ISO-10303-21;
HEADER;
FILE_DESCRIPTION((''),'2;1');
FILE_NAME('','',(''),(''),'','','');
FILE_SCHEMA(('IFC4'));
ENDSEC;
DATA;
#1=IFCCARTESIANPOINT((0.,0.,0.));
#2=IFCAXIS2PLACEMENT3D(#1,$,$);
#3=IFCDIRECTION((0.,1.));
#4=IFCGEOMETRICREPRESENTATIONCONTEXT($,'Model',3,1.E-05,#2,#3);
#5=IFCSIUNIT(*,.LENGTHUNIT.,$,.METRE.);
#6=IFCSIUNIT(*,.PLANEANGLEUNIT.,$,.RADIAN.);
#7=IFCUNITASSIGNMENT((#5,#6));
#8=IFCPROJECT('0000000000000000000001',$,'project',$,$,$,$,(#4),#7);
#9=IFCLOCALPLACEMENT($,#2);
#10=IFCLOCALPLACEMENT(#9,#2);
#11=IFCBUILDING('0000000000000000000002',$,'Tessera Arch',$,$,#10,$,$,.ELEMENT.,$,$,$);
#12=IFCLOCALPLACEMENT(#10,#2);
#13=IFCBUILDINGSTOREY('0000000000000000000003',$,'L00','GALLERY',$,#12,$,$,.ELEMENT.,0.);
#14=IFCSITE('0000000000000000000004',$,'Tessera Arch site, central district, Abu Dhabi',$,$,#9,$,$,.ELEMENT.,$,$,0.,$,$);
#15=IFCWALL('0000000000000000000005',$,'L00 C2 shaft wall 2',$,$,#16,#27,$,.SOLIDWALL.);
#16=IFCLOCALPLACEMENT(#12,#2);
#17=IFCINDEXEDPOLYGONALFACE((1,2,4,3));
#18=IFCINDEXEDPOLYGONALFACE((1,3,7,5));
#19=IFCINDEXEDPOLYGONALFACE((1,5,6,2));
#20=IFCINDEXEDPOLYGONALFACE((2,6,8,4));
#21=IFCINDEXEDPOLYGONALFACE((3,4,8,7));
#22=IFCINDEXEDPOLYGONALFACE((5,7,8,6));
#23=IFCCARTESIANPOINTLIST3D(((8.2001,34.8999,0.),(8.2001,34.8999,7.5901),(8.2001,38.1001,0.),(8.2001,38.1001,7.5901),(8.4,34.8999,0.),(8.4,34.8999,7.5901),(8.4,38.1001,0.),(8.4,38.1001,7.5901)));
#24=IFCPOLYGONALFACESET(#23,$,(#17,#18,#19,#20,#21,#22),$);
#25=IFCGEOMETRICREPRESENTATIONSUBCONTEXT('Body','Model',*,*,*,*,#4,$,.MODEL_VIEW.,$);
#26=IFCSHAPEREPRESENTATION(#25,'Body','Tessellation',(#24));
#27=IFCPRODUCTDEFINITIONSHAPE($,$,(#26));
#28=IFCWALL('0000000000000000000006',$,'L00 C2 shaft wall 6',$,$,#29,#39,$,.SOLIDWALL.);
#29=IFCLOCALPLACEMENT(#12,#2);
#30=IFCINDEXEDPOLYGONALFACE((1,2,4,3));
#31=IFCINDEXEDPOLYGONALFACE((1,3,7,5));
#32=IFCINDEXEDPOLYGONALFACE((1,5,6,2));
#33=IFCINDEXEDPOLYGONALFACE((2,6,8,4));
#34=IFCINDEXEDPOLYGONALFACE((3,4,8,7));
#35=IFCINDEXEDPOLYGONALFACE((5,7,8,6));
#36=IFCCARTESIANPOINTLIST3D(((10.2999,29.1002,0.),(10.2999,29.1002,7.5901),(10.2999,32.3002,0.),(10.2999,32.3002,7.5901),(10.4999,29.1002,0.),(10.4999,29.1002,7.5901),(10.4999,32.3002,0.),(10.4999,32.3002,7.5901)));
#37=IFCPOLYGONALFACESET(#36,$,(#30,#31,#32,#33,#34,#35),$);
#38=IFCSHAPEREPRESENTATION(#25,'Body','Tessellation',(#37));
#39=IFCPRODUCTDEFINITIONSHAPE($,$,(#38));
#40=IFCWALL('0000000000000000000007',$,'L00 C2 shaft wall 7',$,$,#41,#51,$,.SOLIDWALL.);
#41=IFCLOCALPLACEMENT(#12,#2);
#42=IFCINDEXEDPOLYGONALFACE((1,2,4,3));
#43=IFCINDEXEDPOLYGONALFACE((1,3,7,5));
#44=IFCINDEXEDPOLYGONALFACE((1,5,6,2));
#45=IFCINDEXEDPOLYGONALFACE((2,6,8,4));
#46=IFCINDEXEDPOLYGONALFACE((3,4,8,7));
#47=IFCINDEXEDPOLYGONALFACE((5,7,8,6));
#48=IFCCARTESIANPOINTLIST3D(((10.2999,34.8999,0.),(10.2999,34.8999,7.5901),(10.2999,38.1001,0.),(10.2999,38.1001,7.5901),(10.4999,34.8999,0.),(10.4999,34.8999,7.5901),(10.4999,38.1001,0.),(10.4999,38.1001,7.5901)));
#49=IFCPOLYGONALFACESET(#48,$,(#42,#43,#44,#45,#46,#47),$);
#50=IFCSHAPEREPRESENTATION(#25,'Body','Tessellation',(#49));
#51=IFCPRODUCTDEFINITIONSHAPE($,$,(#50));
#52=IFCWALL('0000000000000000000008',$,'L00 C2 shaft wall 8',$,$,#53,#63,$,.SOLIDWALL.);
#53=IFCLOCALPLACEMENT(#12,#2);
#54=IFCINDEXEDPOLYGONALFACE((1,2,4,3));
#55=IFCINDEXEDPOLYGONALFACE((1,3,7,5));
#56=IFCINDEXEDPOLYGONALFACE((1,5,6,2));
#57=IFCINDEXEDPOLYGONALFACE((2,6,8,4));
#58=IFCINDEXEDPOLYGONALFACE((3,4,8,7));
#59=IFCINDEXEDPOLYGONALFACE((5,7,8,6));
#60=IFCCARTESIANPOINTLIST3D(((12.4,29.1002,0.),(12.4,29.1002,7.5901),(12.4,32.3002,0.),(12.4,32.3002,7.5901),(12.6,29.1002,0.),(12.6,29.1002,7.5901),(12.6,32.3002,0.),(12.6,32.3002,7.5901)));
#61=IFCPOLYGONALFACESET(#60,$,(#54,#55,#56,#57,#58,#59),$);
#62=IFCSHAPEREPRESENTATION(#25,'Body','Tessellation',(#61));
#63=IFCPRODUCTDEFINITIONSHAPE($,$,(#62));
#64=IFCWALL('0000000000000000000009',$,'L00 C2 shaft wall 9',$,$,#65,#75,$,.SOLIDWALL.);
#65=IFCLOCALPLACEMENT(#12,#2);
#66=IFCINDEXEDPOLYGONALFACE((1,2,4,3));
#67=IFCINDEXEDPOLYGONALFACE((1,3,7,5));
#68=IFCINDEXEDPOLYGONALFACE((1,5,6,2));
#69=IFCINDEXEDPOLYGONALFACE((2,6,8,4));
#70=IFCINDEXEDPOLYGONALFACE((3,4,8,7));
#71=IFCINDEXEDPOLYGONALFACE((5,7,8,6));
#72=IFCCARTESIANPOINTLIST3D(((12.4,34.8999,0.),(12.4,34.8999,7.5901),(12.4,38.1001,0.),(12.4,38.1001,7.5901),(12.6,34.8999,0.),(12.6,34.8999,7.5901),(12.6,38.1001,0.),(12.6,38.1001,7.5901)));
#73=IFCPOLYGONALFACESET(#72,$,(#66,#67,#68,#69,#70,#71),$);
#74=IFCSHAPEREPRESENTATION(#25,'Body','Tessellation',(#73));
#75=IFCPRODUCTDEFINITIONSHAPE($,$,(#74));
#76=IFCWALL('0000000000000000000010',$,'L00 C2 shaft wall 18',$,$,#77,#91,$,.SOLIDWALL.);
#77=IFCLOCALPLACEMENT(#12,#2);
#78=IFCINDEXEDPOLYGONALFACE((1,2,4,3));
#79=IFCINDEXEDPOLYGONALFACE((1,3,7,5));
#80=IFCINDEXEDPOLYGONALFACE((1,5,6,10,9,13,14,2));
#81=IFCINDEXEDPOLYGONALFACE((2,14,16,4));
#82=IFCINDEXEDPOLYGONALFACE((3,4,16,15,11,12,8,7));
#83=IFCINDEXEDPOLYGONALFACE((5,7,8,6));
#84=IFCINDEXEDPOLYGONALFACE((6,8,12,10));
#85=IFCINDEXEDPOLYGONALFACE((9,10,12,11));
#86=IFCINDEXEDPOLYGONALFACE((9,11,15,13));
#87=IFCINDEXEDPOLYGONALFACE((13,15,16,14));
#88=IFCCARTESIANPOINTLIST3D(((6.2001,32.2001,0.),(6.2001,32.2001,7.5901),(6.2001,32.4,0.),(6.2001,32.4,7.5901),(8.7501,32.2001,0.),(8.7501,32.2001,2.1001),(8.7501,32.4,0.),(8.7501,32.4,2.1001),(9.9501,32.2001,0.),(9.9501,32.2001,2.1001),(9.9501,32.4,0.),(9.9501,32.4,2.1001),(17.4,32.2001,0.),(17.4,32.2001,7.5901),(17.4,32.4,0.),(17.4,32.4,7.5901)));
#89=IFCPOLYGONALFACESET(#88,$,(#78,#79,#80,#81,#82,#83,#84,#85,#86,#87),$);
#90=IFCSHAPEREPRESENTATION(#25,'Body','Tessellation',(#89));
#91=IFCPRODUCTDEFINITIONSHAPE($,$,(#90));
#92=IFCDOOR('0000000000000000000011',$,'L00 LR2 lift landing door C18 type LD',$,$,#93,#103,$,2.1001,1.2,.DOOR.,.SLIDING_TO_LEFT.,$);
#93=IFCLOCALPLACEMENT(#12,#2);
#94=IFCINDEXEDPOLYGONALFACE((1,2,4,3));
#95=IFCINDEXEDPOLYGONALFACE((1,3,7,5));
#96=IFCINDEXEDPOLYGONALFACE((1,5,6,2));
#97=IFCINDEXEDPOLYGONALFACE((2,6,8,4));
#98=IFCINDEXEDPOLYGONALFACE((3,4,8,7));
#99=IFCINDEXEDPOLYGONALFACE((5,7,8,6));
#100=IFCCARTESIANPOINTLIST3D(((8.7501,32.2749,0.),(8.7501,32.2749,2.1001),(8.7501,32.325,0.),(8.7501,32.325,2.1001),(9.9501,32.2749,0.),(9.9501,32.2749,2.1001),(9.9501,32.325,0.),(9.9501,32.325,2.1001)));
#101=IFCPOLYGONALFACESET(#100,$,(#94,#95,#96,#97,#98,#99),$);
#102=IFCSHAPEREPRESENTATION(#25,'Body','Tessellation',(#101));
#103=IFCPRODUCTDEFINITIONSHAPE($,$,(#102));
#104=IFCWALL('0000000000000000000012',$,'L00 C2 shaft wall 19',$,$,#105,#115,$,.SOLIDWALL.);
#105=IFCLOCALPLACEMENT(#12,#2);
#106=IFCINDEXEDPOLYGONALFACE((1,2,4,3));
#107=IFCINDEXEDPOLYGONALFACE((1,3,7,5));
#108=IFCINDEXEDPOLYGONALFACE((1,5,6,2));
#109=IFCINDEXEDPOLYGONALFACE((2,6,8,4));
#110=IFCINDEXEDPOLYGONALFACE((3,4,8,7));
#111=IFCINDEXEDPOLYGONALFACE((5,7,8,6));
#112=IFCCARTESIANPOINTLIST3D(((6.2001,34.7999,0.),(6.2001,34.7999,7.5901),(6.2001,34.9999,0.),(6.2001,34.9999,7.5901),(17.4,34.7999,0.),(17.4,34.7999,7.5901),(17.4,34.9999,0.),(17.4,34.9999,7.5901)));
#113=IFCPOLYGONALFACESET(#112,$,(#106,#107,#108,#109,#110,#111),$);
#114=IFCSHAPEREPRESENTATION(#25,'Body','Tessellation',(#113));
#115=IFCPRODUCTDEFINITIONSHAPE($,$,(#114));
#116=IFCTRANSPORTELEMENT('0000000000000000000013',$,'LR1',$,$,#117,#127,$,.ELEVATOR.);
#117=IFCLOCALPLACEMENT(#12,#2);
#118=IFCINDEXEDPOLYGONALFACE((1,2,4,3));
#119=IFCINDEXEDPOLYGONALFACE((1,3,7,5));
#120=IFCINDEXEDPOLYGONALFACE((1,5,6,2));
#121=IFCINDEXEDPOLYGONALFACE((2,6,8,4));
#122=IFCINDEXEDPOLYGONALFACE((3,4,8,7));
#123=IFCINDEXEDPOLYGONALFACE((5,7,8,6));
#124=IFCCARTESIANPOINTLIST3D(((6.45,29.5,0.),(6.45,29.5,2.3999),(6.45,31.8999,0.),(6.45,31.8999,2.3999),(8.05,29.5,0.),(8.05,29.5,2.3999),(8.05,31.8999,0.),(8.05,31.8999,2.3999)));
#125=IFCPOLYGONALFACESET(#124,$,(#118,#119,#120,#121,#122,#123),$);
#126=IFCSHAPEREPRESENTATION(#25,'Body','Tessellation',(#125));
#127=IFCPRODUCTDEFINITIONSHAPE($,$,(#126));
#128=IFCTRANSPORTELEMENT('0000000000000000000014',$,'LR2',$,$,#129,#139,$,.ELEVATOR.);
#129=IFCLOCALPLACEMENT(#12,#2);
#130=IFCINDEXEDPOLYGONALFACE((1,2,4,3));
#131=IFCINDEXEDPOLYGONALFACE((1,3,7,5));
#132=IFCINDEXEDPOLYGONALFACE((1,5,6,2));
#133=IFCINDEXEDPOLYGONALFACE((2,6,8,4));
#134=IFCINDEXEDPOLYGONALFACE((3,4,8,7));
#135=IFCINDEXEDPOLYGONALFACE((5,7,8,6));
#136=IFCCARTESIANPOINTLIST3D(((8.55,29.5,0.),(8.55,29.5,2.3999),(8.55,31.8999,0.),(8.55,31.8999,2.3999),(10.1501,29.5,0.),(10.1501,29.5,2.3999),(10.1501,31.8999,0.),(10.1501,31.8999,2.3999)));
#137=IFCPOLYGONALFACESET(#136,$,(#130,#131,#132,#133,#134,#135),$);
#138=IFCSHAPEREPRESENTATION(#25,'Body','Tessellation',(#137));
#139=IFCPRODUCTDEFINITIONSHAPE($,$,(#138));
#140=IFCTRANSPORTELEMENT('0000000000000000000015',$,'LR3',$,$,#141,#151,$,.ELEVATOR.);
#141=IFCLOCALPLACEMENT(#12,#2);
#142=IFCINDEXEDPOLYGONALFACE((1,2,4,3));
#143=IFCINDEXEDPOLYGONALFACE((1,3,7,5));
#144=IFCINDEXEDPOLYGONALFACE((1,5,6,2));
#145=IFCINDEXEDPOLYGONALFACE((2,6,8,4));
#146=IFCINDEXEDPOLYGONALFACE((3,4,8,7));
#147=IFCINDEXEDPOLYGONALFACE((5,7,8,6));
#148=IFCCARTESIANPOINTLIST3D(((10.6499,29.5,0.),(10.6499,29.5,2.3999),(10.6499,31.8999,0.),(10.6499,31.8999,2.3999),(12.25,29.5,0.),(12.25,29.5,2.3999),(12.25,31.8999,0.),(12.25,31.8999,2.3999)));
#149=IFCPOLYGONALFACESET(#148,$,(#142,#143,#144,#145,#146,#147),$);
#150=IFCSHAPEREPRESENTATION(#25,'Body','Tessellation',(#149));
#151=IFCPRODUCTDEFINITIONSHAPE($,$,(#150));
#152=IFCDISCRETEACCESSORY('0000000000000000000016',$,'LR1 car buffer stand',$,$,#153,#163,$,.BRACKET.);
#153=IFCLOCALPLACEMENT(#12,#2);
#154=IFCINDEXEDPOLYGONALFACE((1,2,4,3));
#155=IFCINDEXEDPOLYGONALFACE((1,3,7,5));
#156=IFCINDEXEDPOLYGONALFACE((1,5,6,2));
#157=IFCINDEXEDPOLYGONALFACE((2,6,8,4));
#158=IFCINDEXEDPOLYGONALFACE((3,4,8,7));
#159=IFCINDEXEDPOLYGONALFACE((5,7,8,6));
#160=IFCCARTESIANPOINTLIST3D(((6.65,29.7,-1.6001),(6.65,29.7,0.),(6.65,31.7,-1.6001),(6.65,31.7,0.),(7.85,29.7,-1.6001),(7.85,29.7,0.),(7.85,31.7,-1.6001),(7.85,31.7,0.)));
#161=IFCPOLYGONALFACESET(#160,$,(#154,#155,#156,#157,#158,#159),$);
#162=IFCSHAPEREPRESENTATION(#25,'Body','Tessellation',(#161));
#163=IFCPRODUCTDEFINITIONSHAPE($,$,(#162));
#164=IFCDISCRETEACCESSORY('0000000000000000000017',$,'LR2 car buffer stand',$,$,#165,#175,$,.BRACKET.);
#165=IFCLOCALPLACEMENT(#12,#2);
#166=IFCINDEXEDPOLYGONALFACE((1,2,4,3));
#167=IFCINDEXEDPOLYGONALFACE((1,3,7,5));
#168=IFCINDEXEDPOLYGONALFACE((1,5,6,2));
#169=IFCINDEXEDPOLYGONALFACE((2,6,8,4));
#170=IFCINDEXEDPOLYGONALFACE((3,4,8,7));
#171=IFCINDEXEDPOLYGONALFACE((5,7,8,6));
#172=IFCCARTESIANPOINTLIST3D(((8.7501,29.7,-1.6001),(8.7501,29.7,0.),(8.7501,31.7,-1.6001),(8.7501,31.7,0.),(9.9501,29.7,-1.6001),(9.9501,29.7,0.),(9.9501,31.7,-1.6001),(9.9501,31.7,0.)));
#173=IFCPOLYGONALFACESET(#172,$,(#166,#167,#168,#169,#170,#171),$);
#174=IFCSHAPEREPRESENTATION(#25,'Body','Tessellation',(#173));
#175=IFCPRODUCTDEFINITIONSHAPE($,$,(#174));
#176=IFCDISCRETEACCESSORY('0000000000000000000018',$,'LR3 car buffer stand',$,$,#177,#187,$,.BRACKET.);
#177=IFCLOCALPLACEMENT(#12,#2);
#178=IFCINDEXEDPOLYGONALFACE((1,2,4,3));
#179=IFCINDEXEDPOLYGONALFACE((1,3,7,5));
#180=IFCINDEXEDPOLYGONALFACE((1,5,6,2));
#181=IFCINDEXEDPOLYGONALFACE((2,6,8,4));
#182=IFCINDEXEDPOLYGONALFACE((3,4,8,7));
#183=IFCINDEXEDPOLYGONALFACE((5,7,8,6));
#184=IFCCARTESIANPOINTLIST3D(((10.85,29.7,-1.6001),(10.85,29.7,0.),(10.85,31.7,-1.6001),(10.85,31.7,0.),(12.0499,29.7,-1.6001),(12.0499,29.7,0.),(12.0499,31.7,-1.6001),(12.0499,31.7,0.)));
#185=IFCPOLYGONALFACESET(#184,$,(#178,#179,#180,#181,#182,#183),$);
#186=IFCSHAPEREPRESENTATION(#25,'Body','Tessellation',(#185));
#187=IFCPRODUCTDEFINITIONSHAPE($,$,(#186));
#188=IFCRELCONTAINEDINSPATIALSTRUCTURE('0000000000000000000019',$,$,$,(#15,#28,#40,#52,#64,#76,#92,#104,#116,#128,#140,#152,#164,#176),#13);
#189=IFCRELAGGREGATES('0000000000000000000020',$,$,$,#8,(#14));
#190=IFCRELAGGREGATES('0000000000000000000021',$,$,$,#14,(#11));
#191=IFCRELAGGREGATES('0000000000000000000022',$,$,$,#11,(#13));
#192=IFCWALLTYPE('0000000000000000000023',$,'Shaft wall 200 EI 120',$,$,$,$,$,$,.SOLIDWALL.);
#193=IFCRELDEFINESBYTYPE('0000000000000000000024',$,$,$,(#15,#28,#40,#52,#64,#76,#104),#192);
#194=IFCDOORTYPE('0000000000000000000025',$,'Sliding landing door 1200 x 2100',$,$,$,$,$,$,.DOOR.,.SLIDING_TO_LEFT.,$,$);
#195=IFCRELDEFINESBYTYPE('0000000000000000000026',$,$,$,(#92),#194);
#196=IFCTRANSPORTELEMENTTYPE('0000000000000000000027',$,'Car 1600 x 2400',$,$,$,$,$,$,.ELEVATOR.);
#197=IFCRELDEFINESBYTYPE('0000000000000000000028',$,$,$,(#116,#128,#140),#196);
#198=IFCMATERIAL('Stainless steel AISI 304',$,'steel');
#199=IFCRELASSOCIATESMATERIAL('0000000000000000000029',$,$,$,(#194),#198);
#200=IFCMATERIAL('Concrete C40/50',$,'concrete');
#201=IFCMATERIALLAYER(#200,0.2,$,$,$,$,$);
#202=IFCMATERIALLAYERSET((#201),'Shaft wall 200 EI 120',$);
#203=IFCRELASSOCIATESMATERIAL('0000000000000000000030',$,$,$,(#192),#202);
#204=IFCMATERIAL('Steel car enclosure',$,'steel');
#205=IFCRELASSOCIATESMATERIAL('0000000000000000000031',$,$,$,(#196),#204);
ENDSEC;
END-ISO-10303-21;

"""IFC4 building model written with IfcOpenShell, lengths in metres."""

from ifc_helpers import new_model, si_unit, direction, frame, frame_2d, origin, origin_2d, place, context, subcontext, project, spatial, rectangle, extrude, material, layer, layer_set, type_object, element, fill, save


model = new_model("IFC4")

# Units and contexts
model_context = context("Model", 3, precision=1e-05, world=origin(), true_north=direction((0.0, 1.0)))
body_context = subcontext(model_context, "Body", "Model", "MODEL_VIEW")
ifc_project = project(units=[si_unit("LENGTHUNIT", "METRE"), si_unit("PLANEANGLEUNIT", "RADIAN")], contexts=[model_context])

# Site, building, storey
site_placement = place(None, origin())
site = spatial("IfcSite", under=ifc_project, at=site_placement, Name="Tessera Arch site, central district, Abu Dhabi", CompositionType="ELEMENT", RefElevation=0.0)
building_placement = place(site_placement, origin())
building = spatial("IfcBuilding", under=site, at=building_placement, Name="Tessera Arch", CompositionType="ELEMENT")
storey_placement = place(building_placement, origin())
storey = spatial("IfcBuildingStorey", under=building, at=storey_placement, Name="L00", Description="GALLERY", CompositionType="ELEMENT", Elevation=0.0)

# Shared definitions
ifc_material_1 = material(Name="Stainless steel AISI 304", Category="steel")
door_type_1 = type_object("IfcDoorType", Name="Sliding landing door 1200 x 2100", OperationType="SLIDING_TO_LEFT", PredefinedType="DOOR", material=ifc_material_1)

# Walls
ifc_material_2 = material(Name="Concrete C40/50", Category="concrete")
ifc_layer_1 = layer(ifc_material_2, 0.2)
ifc_layer_set_1 = layer_set([ifc_layer_1], Name="Shaft wall 200 EI 120")
wall_type_1 = type_object("IfcWallType", Name="Shaft wall 200 EI 120", PredefinedType="SOLIDWALL", material=ifc_layer_set_1)
wall_1_placement = place(storey_placement, frame((8.3, 34.8999, 0.0), z_axis=(0.0, 0.0, 1.0), x_axis=(0.0, 1.0, 0.0)))
element("IfcWall", 1, at=wall_1_placement, inside=storey, type_object=wall_type_1, Name="L00 C2 shaft wall 2", PredefinedType="SOLIDWALL", context=body_context, shape_type="SweptSolid", body=[
    extrude(rectangle(XDim=3.2002, YDim=0.2, at=frame_2d((1.6001, 0.0))), origin(), (0.0, 0.0, 1.0), 7.5901),
])
wall_2_placement = place(storey_placement, frame((10.3999, 29.1001, 0.0), z_axis=(0.0, 0.0, 1.0), x_axis=(0.0, 1.0, 0.0)))
element("IfcWall", 2, at=wall_2_placement, inside=storey, type_object=wall_type_1, Name="L00 C2 shaft wall 6", PredefinedType="SOLIDWALL", context=body_context, shape_type="SweptSolid", body=[
    extrude(rectangle(XDim=3.2, YDim=0.2, at=frame_2d((1.6001, 0.0))), origin(), (0.0, 0.0, 1.0), 7.5901),
])
wall_3_placement = place(storey_placement, frame((10.3999, 34.8999, 0.0), z_axis=(0.0, 0.0, 1.0), x_axis=(0.0, 1.0, 0.0)))
element("IfcWall", 3, at=wall_3_placement, inside=storey, type_object=wall_type_1, Name="L00 C2 shaft wall 7", PredefinedType="SOLIDWALL", context=body_context, shape_type="SweptSolid", body=[
    extrude(rectangle(XDim=3.2002, YDim=0.2, at=frame_2d((1.6001, 0.0))), origin(), (0.0, 0.0, 1.0), 7.5901),
])
wall_4_placement = place(storey_placement, frame((12.5, 29.1001, 0.0), z_axis=(0.0, 0.0, 1.0), x_axis=(0.0, 1.0, 0.0)))
element("IfcWall", 4, at=wall_4_placement, inside=storey, type_object=wall_type_1, Name="L00 C2 shaft wall 8", PredefinedType="SOLIDWALL", context=body_context, shape_type="SweptSolid", body=[
    extrude(rectangle(XDim=3.2, YDim=0.2, at=frame_2d((1.6001, 0.0))), origin(), (0.0, 0.0, 1.0), 7.5901),
])
wall_5_placement = place(storey_placement, frame((12.5, 34.8999, 0.0), z_axis=(0.0, 0.0, 1.0), x_axis=(0.0, 1.0, 0.0)))
element("IfcWall", 5, at=wall_5_placement, inside=storey, type_object=wall_type_1, Name="L00 C2 shaft wall 9", PredefinedType="SOLIDWALL", context=body_context, shape_type="SweptSolid", body=[
    extrude(rectangle(XDim=3.2002, YDim=0.2, at=frame_2d((1.6001, 0.0))), origin(), (0.0, 0.0, 1.0), 7.5901),
])

# Wall, opening, door
wall_6_placement = place(storey_placement, frame((6.2, 32.3, 0.0), z_axis=(0.0, 0.0, 1.0), x_axis=(1.0, 0.0, 0.0)))
wall_6 = element("IfcWall", 6, at=wall_6_placement, inside=storey, type_object=wall_type_1, Name="L00 C2 shaft wall 18", PredefinedType="SOLIDWALL", context=body_context, shape_type="SweptSolid", body=[
    extrude(rectangle(XDim=11.2, YDim=0.2, at=frame_2d((5.6001, 0.0))), origin(), (0.0, 0.0, 1.0), 7.5901),
])
opening_1_placement = place(wall_6_placement, frame((2.55, 0.0, 0.0)))
opening_1 = element("IfcOpeningElement", 7, at=opening_1_placement, cuts=wall_6, PredefinedType="OPENING", context=body_context, shape_type="SweptSolid", body=[
    extrude(rectangle(XDim=1.2, YDim=2.1001, at=frame_2d((0.6001, 1.05))), frame((0.0, 0.1099, 0.0), z_axis=(0.0, -1.0, 0.0), x_axis=(1.0, 0.0, 0.0)), (0.0, 0.0, 1.0), 0.22),
])
door_1_placement = place(opening_1_placement, origin())
door_1 = element("IfcDoor", 8, at=door_1_placement, inside=storey, type_object=door_type_1, Name="L00 LR2 lift landing door C18 type LD", OperationType="SLIDING_TO_LEFT", OverallHeight=2.1001, OverallWidth=1.2, PredefinedType="DOOR", context=body_context, shape_type="SweptSolid", body=[
    extrude(rectangle(XDim=1.2, YDim=2.1001, at=frame_2d((0.6001, 1.05))), frame((0.0, 0.0249, 0.0), z_axis=(0.0, -1.0, 0.0), x_axis=(1.0, 0.0, 0.0)), (0.0, 0.0, 1.0), 0.05),
])
fill(opening_1, door_1)

# Wall
wall_7_placement = place(storey_placement, frame((6.2, 34.8999, 0.0), z_axis=(0.0, 0.0, 1.0), x_axis=(1.0, 0.0, 0.0)))
element("IfcWall", 9, at=wall_7_placement, inside=storey, type_object=wall_type_1, Name="L00 C2 shaft wall 19", PredefinedType="SOLIDWALL", context=body_context, shape_type="SweptSolid", body=[
    extrude(rectangle(XDim=11.2, YDim=0.2, at=frame_2d((5.6001, 0.0))), origin(), (0.0, 0.0, 1.0), 7.5901),
])

# Transport elements
ifc_material_3 = material(Name="Steel car enclosure", Category="steel")
transport_element_type = type_object("IfcTransportElementType", Name="Car 1600 x 2400", PredefinedType="ELEVATOR", material=ifc_material_3)
for number, where, z_axis, x_axis, name in (
    (10, (7.25, 30.7, 0.0), (0.0, 0.0, 1.0), (1.0, 0.0, 0.0), "LR1"),
    (11, (9.3501, 30.7, 0.0), (0.0, 0.0, 1.0), (1.0, 0.0, 0.0), "LR2"),
    (12, (11.45, 30.7, 0.0), (0.0, 0.0, 1.0), (1.0, 0.0, 0.0), "LR3"),
):
    element("IfcTransportElement", number, at=place(storey_placement, frame(where, z_axis=z_axis, x_axis=x_axis)), inside=storey, type_object=transport_element_type, Name=name, PredefinedType="ELEVATOR", context=body_context, shape_type="SweptSolid", body=[
        extrude(rectangle(XDim=1.6001, YDim=2.3999, at=origin_2d()), origin(), (0.0, 0.0, 1.0), 2.3999),
    ])

# Discrete accessories
for number, where, z_axis, x_axis, name in (
    (13, (7.25, 30.7, -1.6001), (0.0, 0.0, 1.0), (1.0, 0.0, 0.0), "LR1 car buffer stand"),
    (14, (9.3501, 30.7, -1.6001), (0.0, 0.0, 1.0), (1.0, 0.0, 0.0), "LR2 car buffer stand"),
    (15, (11.45, 30.7, -1.6001), (0.0, 0.0, 1.0), (1.0, 0.0, 0.0), "LR3 car buffer stand"),
):
    element("IfcDiscreteAccessory", number, at=place(storey_placement, frame(where, z_axis=z_axis, x_axis=x_axis)), inside=storey, Name=name, PredefinedType="BRACKET", context=body_context, shape_type="SweptSolid", body=[
        extrude(rectangle(XDim=1.2, YDim=2.0, at=origin_2d()), origin(), (0.0, 0.0, 1.0), 1.6001),
    ])

save(model, "model.ifc")
